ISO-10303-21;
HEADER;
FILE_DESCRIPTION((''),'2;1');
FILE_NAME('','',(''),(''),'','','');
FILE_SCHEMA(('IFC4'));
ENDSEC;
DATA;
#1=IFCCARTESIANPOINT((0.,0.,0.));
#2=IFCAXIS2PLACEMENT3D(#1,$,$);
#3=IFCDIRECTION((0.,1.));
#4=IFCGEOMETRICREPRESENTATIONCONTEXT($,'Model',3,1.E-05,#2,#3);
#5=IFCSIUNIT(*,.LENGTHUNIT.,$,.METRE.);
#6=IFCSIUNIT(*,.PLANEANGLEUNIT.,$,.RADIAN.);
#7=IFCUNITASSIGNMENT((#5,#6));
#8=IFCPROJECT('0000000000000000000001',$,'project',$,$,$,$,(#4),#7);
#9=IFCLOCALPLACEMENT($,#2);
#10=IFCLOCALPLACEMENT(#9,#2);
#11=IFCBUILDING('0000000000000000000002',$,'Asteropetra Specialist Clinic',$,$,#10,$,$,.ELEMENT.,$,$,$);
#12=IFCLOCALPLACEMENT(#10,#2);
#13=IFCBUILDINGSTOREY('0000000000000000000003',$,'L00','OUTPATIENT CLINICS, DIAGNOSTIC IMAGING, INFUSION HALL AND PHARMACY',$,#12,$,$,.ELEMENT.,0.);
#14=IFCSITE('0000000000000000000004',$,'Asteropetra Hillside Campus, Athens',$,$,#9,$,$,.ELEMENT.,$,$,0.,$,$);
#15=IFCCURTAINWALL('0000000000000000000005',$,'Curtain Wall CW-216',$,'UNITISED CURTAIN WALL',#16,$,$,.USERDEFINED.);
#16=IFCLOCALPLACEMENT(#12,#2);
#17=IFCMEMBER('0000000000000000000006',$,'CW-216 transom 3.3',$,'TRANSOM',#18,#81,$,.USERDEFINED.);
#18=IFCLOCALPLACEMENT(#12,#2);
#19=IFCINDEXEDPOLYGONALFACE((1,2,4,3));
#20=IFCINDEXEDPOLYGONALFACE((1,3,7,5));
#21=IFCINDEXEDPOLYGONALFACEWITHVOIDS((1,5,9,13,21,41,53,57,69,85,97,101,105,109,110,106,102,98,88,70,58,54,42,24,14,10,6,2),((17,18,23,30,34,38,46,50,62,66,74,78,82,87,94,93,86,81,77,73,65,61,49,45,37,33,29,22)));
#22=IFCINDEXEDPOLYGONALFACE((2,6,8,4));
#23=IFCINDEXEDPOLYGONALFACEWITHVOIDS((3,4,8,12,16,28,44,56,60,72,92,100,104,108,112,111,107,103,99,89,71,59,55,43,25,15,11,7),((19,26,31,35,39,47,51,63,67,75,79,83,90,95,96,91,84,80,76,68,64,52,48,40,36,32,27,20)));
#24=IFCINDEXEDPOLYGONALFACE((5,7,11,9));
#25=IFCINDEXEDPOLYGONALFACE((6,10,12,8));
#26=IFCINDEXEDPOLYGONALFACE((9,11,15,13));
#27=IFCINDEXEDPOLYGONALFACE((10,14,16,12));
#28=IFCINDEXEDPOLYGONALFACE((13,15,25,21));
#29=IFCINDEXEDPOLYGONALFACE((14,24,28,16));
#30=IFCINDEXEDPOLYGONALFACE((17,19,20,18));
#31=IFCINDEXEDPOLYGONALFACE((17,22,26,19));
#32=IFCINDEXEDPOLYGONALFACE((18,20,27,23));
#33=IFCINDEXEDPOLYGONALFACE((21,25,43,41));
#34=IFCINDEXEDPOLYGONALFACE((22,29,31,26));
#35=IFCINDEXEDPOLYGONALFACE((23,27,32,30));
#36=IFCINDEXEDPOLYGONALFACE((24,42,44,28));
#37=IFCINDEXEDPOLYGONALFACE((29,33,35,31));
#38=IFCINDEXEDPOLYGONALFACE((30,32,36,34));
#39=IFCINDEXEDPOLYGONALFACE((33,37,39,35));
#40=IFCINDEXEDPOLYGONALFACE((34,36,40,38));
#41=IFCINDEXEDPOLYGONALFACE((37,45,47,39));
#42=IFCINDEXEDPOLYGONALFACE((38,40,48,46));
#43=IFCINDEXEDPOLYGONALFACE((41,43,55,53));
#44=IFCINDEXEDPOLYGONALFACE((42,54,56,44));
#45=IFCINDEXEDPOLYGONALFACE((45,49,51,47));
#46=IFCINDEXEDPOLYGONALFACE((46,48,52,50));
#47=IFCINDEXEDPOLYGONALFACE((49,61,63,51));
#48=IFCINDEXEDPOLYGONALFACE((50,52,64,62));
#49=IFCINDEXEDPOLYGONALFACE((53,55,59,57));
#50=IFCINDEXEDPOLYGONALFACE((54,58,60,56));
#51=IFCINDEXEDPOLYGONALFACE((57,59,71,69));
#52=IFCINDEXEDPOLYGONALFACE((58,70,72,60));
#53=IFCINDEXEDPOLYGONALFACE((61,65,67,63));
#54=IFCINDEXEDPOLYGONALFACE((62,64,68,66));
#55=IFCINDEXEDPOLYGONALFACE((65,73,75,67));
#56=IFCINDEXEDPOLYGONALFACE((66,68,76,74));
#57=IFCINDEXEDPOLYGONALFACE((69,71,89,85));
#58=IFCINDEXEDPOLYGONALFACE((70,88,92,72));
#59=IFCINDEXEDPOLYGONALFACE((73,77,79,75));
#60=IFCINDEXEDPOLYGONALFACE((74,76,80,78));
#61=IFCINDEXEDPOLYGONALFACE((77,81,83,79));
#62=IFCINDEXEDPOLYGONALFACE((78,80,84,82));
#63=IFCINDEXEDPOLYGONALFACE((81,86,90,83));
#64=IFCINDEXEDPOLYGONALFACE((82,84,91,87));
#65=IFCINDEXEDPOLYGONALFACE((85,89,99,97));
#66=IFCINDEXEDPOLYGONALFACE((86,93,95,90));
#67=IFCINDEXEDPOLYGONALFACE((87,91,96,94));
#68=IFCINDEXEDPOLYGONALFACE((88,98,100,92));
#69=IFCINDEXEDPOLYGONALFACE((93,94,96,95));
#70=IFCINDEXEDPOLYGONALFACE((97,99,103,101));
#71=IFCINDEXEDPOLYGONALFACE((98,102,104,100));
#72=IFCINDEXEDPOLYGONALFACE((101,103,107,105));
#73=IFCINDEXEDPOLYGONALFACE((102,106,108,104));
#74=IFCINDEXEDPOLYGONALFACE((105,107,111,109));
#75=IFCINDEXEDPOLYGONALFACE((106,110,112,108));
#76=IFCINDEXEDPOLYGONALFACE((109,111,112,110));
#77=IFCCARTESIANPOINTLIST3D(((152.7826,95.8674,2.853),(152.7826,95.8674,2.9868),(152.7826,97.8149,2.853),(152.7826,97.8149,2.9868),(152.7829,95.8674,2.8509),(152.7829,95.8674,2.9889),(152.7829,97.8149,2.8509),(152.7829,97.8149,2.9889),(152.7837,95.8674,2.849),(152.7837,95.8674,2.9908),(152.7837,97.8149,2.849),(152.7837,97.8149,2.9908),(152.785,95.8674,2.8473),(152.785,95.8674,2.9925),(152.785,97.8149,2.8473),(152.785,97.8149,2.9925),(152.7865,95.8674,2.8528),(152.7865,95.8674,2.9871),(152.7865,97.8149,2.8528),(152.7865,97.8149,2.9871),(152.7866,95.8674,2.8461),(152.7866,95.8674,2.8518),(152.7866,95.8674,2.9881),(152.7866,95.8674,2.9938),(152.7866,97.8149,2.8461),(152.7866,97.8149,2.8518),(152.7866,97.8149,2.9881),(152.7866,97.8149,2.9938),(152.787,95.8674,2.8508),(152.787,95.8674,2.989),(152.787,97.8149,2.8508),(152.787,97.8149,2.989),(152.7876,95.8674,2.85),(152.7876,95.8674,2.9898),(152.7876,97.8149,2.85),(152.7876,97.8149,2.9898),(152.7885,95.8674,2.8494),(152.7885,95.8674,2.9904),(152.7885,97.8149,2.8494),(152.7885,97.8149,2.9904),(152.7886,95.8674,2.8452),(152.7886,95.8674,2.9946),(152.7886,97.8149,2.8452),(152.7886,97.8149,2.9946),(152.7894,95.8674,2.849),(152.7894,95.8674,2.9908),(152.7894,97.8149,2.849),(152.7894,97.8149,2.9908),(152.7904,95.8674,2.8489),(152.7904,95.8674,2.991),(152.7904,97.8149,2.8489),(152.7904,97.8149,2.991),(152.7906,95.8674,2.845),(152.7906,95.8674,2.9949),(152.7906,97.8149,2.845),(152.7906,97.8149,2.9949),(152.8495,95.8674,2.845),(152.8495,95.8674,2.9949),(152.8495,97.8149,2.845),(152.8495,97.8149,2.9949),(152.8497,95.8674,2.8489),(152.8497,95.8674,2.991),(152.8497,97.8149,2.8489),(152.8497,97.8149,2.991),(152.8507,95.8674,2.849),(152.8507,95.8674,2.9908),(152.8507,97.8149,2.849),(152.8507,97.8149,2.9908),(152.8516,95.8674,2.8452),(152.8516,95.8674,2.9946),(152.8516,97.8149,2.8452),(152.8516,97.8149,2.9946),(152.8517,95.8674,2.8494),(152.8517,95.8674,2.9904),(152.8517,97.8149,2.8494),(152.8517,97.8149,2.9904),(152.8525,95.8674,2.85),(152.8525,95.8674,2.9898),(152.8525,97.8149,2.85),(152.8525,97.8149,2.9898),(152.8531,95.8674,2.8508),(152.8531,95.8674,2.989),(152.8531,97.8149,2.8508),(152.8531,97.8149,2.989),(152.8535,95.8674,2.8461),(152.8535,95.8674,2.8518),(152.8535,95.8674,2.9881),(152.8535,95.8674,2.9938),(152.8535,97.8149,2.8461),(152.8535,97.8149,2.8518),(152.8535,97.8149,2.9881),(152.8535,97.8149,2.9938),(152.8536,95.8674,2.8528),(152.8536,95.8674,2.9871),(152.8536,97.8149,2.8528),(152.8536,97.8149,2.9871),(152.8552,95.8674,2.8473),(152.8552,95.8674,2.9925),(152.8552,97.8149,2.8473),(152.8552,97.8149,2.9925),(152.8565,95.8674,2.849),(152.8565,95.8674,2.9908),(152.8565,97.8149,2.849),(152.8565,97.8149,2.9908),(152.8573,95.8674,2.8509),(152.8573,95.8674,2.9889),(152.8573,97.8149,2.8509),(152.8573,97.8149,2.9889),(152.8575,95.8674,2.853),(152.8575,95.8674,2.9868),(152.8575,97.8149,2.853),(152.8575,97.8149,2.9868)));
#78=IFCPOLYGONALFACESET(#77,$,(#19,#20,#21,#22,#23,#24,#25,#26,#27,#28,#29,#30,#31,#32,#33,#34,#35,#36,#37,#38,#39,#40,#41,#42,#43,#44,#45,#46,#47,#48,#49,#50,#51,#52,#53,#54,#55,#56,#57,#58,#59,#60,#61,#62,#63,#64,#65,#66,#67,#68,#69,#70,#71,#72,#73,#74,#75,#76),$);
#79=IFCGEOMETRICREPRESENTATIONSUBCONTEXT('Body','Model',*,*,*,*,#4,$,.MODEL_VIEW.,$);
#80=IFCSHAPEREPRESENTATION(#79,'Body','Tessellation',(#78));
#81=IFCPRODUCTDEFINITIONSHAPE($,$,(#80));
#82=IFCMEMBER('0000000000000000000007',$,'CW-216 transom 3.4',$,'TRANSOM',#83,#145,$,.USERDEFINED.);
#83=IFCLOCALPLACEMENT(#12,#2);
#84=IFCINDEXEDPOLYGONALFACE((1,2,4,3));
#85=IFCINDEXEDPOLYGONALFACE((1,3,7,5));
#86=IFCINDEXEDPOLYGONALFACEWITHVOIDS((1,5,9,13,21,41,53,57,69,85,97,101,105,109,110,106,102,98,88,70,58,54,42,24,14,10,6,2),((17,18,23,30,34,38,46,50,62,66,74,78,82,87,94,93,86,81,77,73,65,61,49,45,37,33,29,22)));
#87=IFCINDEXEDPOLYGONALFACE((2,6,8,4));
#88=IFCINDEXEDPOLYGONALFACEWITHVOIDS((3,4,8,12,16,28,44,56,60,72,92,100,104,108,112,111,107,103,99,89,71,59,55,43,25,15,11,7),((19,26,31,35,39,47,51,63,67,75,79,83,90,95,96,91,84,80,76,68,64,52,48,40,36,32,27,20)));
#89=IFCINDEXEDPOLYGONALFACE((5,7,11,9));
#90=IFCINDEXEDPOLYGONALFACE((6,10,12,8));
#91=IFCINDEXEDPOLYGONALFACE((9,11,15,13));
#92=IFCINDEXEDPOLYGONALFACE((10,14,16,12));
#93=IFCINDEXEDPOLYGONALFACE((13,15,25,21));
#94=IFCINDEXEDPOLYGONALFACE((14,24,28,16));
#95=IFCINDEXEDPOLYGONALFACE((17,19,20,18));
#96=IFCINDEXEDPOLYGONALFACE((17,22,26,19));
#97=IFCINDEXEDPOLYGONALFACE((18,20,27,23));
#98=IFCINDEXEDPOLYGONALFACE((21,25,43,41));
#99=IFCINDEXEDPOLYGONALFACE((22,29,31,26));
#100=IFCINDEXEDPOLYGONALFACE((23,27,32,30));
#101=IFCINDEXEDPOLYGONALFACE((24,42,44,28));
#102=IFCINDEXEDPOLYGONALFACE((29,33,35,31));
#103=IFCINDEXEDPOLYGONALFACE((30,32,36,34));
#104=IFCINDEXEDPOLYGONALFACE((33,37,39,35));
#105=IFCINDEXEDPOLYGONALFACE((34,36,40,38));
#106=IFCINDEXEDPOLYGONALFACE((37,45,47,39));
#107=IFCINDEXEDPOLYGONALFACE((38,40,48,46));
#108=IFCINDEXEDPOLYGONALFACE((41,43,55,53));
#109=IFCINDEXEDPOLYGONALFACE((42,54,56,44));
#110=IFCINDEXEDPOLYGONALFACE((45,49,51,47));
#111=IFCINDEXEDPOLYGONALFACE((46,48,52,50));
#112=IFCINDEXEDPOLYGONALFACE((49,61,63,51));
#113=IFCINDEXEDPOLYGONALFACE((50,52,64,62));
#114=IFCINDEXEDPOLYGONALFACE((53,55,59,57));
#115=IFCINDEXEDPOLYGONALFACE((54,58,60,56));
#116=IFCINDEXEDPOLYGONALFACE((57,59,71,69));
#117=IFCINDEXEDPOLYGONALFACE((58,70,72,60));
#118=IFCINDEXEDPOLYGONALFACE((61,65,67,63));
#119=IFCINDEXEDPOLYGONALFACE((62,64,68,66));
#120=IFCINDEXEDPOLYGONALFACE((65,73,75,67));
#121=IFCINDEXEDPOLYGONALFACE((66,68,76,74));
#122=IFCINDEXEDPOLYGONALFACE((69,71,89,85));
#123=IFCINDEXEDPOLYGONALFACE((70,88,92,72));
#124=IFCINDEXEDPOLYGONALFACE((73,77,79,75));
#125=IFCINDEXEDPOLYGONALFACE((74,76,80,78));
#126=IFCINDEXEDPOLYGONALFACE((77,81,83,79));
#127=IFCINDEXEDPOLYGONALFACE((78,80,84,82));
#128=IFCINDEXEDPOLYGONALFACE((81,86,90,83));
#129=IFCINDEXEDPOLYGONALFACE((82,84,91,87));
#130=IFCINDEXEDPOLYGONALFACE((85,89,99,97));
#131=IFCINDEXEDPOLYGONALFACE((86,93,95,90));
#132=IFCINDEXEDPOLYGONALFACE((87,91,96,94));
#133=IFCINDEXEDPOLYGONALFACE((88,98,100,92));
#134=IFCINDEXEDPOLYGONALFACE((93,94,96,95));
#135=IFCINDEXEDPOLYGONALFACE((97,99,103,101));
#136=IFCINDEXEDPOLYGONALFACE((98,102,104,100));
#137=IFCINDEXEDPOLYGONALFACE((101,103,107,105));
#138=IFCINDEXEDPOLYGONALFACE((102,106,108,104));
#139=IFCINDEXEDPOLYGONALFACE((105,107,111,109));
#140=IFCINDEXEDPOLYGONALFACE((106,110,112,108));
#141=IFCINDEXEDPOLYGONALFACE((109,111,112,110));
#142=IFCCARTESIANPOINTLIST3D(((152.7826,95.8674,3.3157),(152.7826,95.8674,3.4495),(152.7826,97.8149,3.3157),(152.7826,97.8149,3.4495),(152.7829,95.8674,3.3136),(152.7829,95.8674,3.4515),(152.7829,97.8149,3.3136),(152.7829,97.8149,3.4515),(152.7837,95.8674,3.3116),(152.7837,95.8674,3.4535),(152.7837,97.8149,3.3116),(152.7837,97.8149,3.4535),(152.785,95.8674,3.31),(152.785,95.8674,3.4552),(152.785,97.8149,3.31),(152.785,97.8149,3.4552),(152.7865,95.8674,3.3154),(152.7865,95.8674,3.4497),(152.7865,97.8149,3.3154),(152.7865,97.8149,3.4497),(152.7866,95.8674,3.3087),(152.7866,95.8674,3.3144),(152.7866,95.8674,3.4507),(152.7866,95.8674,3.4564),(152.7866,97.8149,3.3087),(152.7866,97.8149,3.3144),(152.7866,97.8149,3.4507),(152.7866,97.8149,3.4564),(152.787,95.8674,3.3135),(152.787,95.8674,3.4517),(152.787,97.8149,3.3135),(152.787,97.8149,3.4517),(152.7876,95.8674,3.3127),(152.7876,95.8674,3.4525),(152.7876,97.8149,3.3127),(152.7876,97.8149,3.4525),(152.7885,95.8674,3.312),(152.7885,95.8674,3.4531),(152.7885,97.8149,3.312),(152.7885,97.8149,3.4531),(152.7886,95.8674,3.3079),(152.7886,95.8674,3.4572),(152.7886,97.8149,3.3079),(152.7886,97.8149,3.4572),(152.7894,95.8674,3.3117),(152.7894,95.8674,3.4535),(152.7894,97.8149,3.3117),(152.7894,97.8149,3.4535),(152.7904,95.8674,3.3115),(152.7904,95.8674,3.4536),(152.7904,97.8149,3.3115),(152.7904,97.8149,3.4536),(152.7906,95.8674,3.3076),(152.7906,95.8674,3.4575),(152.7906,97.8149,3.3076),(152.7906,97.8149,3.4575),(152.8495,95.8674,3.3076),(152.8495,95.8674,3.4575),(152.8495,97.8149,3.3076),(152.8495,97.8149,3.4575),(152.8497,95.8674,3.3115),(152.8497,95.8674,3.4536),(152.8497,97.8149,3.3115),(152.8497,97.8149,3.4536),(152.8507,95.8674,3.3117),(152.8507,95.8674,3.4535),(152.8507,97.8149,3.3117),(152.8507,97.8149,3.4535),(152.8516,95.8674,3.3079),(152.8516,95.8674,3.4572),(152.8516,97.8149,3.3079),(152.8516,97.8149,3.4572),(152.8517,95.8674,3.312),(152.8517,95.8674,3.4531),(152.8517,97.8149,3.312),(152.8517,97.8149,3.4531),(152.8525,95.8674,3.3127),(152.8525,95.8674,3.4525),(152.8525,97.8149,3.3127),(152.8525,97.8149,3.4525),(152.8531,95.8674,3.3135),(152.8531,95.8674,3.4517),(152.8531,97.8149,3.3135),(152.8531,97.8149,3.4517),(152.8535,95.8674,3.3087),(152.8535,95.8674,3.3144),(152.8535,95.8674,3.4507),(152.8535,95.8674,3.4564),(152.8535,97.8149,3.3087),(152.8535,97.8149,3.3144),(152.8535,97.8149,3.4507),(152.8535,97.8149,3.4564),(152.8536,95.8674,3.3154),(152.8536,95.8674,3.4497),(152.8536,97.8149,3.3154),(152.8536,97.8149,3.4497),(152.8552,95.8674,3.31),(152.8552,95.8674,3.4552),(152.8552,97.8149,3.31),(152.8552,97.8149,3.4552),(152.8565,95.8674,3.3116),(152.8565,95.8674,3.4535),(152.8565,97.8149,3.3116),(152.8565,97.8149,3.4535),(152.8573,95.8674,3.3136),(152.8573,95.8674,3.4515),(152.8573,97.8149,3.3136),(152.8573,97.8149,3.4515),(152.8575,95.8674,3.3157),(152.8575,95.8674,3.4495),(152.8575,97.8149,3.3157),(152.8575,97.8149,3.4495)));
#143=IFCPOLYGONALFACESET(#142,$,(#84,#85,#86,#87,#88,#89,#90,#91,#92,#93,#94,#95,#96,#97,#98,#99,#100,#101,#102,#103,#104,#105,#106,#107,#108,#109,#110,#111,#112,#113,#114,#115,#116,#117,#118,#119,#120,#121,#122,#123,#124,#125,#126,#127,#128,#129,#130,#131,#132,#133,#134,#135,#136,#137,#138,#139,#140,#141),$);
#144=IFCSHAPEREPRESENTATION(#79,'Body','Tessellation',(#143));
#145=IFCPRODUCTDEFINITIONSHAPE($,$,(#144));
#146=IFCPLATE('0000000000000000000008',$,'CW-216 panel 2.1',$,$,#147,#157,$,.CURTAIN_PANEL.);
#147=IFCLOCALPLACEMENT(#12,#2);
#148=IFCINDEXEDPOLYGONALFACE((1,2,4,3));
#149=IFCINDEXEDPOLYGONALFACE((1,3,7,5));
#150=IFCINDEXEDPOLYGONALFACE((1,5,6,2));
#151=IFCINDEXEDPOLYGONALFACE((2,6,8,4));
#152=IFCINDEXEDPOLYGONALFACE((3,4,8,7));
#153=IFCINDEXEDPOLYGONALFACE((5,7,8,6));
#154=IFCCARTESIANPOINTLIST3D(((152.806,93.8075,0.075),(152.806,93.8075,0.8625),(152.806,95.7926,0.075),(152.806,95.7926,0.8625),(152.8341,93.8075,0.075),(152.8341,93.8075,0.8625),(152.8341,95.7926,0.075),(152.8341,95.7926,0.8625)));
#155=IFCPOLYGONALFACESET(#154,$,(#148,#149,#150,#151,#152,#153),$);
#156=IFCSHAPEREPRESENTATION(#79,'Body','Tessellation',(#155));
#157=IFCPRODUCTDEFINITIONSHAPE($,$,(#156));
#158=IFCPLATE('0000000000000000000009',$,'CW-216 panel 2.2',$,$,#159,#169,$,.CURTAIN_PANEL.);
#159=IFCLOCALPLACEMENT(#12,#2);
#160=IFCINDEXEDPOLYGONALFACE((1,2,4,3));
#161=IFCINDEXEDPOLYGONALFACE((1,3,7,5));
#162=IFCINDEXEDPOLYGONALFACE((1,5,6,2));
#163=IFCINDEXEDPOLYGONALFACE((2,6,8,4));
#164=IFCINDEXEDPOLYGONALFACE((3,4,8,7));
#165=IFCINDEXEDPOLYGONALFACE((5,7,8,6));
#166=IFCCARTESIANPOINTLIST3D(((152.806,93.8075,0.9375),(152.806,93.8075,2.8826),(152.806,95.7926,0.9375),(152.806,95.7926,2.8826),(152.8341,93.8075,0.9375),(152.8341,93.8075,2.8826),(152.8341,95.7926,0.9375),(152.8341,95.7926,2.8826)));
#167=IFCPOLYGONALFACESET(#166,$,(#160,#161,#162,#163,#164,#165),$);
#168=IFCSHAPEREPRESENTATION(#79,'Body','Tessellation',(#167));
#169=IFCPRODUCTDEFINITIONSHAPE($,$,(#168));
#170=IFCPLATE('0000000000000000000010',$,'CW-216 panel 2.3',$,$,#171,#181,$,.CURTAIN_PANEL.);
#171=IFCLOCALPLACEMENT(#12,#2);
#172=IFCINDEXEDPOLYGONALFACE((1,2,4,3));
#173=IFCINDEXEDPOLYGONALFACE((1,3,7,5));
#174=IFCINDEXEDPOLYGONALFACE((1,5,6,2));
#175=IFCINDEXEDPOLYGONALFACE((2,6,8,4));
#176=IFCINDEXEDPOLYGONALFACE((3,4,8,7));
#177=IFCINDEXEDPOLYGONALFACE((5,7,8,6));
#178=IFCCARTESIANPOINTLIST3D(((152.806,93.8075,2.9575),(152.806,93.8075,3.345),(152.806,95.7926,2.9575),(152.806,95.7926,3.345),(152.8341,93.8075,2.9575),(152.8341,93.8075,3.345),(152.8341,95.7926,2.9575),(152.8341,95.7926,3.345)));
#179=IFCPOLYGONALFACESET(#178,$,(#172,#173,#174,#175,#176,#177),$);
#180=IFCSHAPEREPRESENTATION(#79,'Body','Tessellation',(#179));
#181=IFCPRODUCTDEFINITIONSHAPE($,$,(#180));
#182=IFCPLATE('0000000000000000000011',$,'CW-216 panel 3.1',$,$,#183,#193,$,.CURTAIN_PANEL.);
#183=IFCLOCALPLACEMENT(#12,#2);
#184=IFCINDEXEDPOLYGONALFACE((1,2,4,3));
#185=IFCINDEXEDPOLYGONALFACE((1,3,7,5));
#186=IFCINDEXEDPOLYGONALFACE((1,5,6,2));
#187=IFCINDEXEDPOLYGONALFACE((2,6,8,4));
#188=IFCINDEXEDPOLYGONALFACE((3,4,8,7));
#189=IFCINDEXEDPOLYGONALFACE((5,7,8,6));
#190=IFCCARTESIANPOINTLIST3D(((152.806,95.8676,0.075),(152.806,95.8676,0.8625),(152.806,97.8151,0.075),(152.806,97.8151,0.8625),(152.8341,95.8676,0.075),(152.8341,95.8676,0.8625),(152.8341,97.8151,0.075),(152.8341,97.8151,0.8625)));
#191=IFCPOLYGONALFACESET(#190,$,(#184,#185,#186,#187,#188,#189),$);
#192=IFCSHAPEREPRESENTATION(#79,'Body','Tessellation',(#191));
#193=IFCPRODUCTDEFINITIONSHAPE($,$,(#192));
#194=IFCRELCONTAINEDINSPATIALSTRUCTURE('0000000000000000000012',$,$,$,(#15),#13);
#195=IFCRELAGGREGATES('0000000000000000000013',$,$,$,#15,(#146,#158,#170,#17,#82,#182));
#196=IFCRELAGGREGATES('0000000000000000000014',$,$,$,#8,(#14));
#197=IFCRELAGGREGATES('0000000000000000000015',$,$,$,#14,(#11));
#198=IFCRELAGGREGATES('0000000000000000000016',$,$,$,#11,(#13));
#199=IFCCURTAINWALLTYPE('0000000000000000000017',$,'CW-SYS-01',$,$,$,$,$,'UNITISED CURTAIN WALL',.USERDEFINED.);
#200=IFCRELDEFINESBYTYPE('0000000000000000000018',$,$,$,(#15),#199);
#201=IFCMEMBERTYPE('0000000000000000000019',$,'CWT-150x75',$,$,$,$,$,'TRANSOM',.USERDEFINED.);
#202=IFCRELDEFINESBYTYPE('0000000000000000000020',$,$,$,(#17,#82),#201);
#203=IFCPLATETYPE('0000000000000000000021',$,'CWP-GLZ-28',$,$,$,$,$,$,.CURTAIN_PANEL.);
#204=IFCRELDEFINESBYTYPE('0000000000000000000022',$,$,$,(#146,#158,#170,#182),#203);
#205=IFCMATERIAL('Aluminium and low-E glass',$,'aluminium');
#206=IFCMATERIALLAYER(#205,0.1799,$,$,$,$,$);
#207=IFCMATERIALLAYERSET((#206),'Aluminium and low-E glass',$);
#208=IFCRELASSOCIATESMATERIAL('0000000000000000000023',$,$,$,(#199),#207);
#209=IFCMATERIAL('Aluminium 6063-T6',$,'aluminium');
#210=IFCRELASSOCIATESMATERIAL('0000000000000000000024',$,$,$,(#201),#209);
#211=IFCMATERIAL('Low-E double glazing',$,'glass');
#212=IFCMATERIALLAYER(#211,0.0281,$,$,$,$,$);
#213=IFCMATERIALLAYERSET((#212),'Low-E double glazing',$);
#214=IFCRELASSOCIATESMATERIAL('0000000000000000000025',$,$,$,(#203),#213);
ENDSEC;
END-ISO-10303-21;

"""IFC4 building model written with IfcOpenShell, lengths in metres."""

from ifc_helpers import new_model, si_unit, direction, frame, origin, origin_2d, place, context, subcontext, project, spatial, rectangle, hollow_rectangle, extrude, material, layer, layer_set, material_profile, profile_set, type_object, element, aggregate, save


model = new_model("IFC4")

# Units and contexts
model_context = context("Model", 3, precision=1e-05, world=origin(), true_north=direction((0.0, 1.0)))
body_context = subcontext(model_context, "Body", "Model", "MODEL_VIEW")
ifc_project = project(units=[si_unit("LENGTHUNIT", "METRE"), si_unit("PLANEANGLEUNIT", "RADIAN")], contexts=[model_context])

# Site, building, storey
site_placement = place(None, origin())
site = spatial("IfcSite", under=ifc_project, at=site_placement, Name="Asteropetra Hillside Campus, Athens", CompositionType="ELEMENT", RefElevation=0.0)
building_placement = place(site_placement, origin())
building = spatial("IfcBuilding", under=site, at=building_placement, Name="Asteropetra Specialist Clinic", CompositionType="ELEMENT")
storey_placement = place(building_placement, origin())
storey = spatial("IfcBuildingStorey", under=building, at=storey_placement, Name="L00", Description="OUTPATIENT CLINICS, DIAGNOSTIC IMAGING, INFUSION HALL AND PHARMACY", CompositionType="ELEMENT", Elevation=0.0)

# Curtain wall, members, plates
ifc_material_1 = material(Name="Aluminium and low-E glass", Category="aluminium")
ifc_layer_1 = layer(ifc_material_1, 0.1799)
ifc_layer_set_1 = layer_set([ifc_layer_1], Name="Aluminium and low-E glass")
curtain_wall_type = type_object("IfcCurtainWallType", Name="CW-SYS-01", ElementType="UNITISED CURTAIN WALL", PredefinedType="USERDEFINED", material=ifc_layer_set_1)
curtain_wall_placement = place(storey_placement, origin())
curtain_wall = element("IfcCurtainWall", 1, at=curtain_wall_placement, inside=storey, type_object=curtain_wall_type, Name="Curtain Wall CW-216", ObjectType="UNITISED CURTAIN WALL", PredefinedType="USERDEFINED")
ifc_material_2 = material(Name="Aluminium 6063-T6", Category="aluminium")
ifc_material_profile_1 = material_profile(ifc_material_2, hollow_rectangle(XDim=0.075, YDim=0.1499, WallThickness=0.0039, InnerFilletRadius=0.0039, OuterFilletRadius=0.0081, at=origin_2d()), Name="TRN 150x75x4.0")
ifc_profile_set_1 = profile_set([ifc_material_profile_1], Name="Aluminium 6063-T6")
member_type_1 = type_object("IfcMemberType", Name="CWT-150x75", ElementType="TRANSOM", PredefinedType="USERDEFINED", material=ifc_profile_set_1)
member_1_placement = place(storey_placement, frame((152.8201, 95.8674, 2.9199), z_axis=(0.0, 1.0, 0.0), x_axis=(-1.0, 0.0, 0.0)))
member_1 = element("IfcMember", 2, at=member_1_placement, type_object=member_type_1, Name="CW-216 transom 3.3", ObjectType="TRANSOM", PredefinedType="USERDEFINED", context=body_context, shape_type="SweptSolid", body=[
    extrude(hollow_rectangle(XDim=0.075, YDim=0.1499, WallThickness=0.0039, InnerFilletRadius=0.0039, OuterFilletRadius=0.0081, at=origin_2d()), origin(), (0.0, 0.0, 1.0), 1.9475),
])
member_2_placement = place(storey_placement, frame((152.8201, 95.8674, 3.3826), z_axis=(0.0, 1.0, 0.0), x_axis=(-1.0, 0.0, 0.0)))
member_2 = element("IfcMember", 3, at=member_2_placement, type_object=member_type_1, Name="CW-216 transom 3.4", ObjectType="TRANSOM", PredefinedType="USERDEFINED", context=body_context, shape_type="SweptSolid", body=[
    extrude(hollow_rectangle(XDim=0.075, YDim=0.1499, WallThickness=0.0039, InnerFilletRadius=0.0039, OuterFilletRadius=0.0081, at=origin_2d()), origin(), (0.0, 0.0, 1.0), 1.9475),
])
ifc_material_3 = material(Name="Low-E double glazing", Category="glass")
ifc_layer_2 = layer(ifc_material_3, 0.0281)
ifc_layer_set_2 = layer_set([ifc_layer_2], Name="Low-E double glazing")
plate_type = type_object("IfcPlateType", Name="CWP-GLZ-28", PredefinedType="CURTAIN_PANEL", material=ifc_layer_set_2)
plate_1_placement = place(storey_placement, frame((152.8201, 94.8, 0.075), z_axis=(0.0, 0.0, 1.0), x_axis=(0.0, 1.0, 0.0)))
plate_1 = element("IfcPlate", 4, at=plate_1_placement, type_object=plate_type, Name="CW-216 panel 2.1", PredefinedType="CURTAIN_PANEL", context=body_context, shape_type="SweptSolid", body=[
    extrude(rectangle(XDim=1.9851, YDim=0.0281, at=origin_2d()), origin(), (0.0, 0.0, 1.0), 0.7876),
])
plate_2_placement = place(storey_placement, frame((152.8201, 94.8, 0.9375), z_axis=(0.0, 0.0, 1.0), x_axis=(0.0, 1.0, 0.0)))
plate_2 = element("IfcPlate", 5, at=plate_2_placement, type_object=plate_type, Name="CW-216 panel 2.2", PredefinedType="CURTAIN_PANEL", context=body_context, shape_type="SweptSolid", body=[
    extrude(rectangle(XDim=1.9851, YDim=0.0281, at=origin_2d()), origin(), (0.0, 0.0, 1.0), 1.9451),
])
plate_3_placement = place(storey_placement, frame((152.8201, 94.8, 2.9575), z_axis=(0.0, 0.0, 1.0), x_axis=(0.0, 1.0, 0.0)))
plate_3 = element("IfcPlate", 6, at=plate_3_placement, type_object=plate_type, Name="CW-216 panel 2.3", PredefinedType="CURTAIN_PANEL", context=body_context, shape_type="SweptSolid", body=[
    extrude(rectangle(XDim=1.9851, YDim=0.0281, at=origin_2d()), origin(), (0.0, 0.0, 1.0), 0.3875),
])
plate_4_placement = place(storey_placement, frame((152.8201, 96.8413, 0.075), z_axis=(0.0, 0.0, 1.0), x_axis=(0.0, 1.0, 0.0)))
plate_4 = element("IfcPlate", 7, at=plate_4_placement, type_object=plate_type, Name="CW-216 panel 3.1", PredefinedType="CURTAIN_PANEL", context=body_context, shape_type="SweptSolid", body=[
    extrude(rectangle(XDim=1.9475, YDim=0.0281, at=origin_2d()), origin(), (0.0, 0.0, 1.0), 0.7876),
])
aggregate(curtain_wall, [plate_1, plate_2, plate_3, member_1, member_2, plate_4])

save(model, "model.ifc")
